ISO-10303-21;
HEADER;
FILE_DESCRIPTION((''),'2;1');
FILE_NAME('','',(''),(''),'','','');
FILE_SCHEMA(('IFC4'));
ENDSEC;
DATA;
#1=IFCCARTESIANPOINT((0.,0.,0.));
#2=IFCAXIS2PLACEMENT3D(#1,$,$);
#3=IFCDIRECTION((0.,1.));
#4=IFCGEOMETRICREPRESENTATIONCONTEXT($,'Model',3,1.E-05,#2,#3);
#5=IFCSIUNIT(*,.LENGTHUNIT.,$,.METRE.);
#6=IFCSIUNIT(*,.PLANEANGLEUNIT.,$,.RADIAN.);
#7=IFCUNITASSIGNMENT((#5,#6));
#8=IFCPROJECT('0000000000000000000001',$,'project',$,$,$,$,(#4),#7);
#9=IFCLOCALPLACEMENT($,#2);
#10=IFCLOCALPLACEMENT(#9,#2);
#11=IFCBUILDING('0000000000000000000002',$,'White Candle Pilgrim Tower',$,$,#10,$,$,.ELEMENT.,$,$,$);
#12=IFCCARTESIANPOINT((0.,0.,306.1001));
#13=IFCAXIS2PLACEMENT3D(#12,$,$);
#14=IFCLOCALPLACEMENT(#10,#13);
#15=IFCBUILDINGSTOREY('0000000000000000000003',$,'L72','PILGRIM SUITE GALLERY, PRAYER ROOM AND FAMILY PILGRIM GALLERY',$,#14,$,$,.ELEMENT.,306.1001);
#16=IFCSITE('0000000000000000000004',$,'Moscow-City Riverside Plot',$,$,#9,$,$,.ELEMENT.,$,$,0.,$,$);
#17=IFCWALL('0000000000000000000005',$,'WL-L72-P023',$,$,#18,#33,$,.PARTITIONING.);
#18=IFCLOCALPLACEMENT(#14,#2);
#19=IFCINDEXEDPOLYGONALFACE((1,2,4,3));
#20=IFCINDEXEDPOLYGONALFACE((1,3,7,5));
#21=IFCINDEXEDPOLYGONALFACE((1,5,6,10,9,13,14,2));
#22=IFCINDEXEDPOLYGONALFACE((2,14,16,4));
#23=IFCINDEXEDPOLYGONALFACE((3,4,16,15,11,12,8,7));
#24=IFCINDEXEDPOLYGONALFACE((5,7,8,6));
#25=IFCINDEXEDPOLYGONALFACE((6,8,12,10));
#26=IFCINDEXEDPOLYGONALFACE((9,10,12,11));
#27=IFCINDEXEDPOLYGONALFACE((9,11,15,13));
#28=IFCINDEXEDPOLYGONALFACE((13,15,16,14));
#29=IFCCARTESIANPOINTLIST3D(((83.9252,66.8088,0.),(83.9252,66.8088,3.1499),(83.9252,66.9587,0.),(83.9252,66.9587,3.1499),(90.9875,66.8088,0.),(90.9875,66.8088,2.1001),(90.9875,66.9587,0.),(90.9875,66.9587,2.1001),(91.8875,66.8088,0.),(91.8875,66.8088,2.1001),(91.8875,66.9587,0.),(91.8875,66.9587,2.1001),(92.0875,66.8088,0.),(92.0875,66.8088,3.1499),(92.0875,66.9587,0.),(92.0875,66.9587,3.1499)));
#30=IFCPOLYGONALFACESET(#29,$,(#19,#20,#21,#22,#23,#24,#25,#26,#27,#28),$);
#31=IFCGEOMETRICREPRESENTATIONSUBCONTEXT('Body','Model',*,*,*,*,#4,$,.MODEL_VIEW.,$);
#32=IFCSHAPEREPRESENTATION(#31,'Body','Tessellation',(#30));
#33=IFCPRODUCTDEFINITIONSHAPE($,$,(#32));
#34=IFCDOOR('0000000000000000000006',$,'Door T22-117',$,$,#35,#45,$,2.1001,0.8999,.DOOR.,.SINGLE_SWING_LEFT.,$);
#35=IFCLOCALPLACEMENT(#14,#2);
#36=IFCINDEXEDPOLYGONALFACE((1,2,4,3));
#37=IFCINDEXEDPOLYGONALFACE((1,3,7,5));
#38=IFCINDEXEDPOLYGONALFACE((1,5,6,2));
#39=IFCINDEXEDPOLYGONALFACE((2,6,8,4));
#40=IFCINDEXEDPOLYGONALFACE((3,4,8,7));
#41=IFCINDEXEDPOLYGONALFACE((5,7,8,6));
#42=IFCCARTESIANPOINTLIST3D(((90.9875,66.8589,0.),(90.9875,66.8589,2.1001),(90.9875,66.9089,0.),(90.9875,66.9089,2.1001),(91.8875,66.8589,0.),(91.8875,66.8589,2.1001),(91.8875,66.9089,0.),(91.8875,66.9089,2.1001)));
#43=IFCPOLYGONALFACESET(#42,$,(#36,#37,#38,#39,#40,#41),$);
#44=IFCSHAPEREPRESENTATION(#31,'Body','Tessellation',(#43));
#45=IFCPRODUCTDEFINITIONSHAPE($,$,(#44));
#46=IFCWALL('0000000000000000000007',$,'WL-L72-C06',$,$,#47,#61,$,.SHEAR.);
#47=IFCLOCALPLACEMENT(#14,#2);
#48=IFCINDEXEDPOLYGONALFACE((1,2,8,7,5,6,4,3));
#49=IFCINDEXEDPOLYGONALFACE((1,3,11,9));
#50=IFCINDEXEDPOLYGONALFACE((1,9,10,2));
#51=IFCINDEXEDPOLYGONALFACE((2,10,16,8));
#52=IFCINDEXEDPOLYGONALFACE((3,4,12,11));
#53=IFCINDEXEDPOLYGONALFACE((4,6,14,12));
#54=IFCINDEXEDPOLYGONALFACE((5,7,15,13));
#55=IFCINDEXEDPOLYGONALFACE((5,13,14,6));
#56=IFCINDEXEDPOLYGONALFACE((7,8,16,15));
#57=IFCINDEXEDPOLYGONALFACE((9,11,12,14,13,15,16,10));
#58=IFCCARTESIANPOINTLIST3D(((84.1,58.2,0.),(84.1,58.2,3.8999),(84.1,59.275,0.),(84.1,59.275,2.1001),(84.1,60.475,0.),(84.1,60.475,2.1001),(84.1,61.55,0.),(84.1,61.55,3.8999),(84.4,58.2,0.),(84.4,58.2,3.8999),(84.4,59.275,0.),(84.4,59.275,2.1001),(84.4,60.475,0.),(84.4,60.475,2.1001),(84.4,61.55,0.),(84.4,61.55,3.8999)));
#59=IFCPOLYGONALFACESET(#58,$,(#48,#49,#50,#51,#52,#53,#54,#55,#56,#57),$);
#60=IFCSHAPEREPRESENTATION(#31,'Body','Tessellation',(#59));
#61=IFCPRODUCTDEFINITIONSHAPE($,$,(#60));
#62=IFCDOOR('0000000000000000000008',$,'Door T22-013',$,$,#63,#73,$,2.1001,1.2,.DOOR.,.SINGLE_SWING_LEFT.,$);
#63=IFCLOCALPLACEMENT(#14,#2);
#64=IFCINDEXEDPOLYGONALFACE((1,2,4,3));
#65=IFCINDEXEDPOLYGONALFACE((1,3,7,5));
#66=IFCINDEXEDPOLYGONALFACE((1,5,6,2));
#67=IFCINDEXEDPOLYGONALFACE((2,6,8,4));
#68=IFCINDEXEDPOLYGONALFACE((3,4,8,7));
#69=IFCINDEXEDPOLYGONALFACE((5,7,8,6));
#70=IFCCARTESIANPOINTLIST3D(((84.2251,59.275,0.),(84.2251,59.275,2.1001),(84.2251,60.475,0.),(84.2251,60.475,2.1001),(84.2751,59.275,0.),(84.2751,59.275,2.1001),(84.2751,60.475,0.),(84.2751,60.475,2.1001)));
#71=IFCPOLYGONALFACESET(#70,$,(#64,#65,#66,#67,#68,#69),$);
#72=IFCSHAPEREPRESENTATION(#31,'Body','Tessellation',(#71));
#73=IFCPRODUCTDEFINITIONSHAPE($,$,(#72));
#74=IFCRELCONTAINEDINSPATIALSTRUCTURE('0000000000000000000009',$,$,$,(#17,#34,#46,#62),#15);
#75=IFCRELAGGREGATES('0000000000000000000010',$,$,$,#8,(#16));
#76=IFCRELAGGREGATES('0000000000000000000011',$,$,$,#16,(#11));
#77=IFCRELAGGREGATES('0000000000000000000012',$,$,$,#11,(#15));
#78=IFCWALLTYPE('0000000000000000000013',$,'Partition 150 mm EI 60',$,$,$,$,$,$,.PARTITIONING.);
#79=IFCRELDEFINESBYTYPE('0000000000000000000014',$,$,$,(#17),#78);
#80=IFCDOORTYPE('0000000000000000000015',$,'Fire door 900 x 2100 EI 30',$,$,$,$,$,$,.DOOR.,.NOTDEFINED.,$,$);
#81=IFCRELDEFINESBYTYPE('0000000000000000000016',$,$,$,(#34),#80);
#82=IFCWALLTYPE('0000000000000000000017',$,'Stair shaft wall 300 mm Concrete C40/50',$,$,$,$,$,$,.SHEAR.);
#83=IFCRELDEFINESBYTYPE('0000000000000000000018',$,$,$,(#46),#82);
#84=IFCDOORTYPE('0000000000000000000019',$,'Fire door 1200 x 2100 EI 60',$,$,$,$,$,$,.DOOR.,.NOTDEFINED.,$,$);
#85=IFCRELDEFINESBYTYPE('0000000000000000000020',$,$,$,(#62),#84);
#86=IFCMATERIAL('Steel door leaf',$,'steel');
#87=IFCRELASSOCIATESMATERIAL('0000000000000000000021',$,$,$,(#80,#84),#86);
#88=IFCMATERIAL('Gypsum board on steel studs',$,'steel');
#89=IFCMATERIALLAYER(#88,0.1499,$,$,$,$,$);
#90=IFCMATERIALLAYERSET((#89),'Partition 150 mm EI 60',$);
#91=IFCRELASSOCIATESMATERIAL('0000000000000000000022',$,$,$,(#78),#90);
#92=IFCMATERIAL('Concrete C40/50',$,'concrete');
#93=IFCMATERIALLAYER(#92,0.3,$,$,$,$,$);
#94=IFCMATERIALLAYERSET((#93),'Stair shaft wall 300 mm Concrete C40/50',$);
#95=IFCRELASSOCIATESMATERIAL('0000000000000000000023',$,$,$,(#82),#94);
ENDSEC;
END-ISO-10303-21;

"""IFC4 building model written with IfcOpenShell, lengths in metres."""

from ifc_helpers import new_model, si_unit, direction, frame, frame_2d, origin, place, context, subcontext, project, spatial, rectangle, extrude, material, layer, layer_set, type_object, element, fill, save


model = new_model("IFC4")

# Units and contexts
model_context = context("Model", 3, precision=1e-05, world=origin(), true_north=direction((0.0, 1.0)))
body_context = subcontext(model_context, "Body", "Model", "MODEL_VIEW")
ifc_project = project(units=[si_unit("LENGTHUNIT", "METRE"), si_unit("PLANEANGLEUNIT", "RADIAN")], contexts=[model_context])

# Site, building, storey
site_placement = place(None, origin())
site = spatial("IfcSite", under=ifc_project, at=site_placement, Name="Moscow-City Riverside Plot", CompositionType="ELEMENT", RefElevation=0.0)
building_placement = place(site_placement, origin())
building = spatial("IfcBuilding", under=site, at=building_placement, Name="White Candle Pilgrim Tower", CompositionType="ELEMENT")
storey_placement = place(building_placement, frame((0.0, 0.0, 306.1001)))
storey = spatial("IfcBuildingStorey", under=building, at=storey_placement, Name="L72", Description="PILGRIM SUITE GALLERY, PRAYER ROOM AND FAMILY PILGRIM GALLERY", CompositionType="ELEMENT", Elevation=306.1001)

# Shared definitions
ifc_material_1 = material(Name="Concrete C40/50", Category="concrete")

# Shared definitions
ifc_material_2 = material(Name="Gypsum board on steel studs", Category="steel")
ifc_material_3 = material(Name="Steel door leaf", Category="steel")
door_type_1 = type_object("IfcDoorType", Name="Fire door 900 x 2100 EI 30", OperationType="NOTDEFINED", PredefinedType="DOOR", material=ifc_material_3)

# Shared definitions
ifc_layer_1 = layer(ifc_material_2, 0.1499)
ifc_layer_set_1 = layer_set([ifc_layer_1], Name="Partition 150 mm EI 60")
wall_type_1 = type_object("IfcWallType", Name="Partition 150 mm EI 60", PredefinedType="PARTITIONING", material=ifc_layer_set_1)

# Walls, openings, doors
wall_1_placement = place(storey_placement, frame((92.0874, 66.8838, 0.0), z_axis=(0.0, 0.0, 1.0), x_axis=(-1.0, 0.0, 0.0)))
wall_1 = element("IfcWall", 1, at=wall_1_placement, inside=storey, type_object=wall_type_1, Name="WL-L72-P023", PredefinedType="PARTITIONING", context=body_context, shape_type="SweptSolid", body=[
    extrude(rectangle(XDim=8.1624, YDim=0.1499, at=frame_2d((4.0811, 0.0))), origin(), (0.0, 0.0, 1.0), 3.1499),
])
opening_1_placement = place(wall_1_placement, frame((0.2, 0.0, 0.0)))
opening_1 = element("IfcOpeningElement", 2, at=opening_1_placement, cuts=wall_1, PredefinedType="OPENING", context=body_context, shape_type="SweptSolid", body=[
    extrude(rectangle(XDim=0.8999, YDim=2.1001, at=frame_2d((0.45, 1.05))), frame((0.0, 0.085, 0.0), z_axis=(0.0, -1.0, 0.0), x_axis=(1.0, 0.0, 0.0)), (0.0, 0.0, 1.0), 0.1699),
])
door_1_placement = place(opening_1_placement, origin())
door_1 = element("IfcDoor", 3, at=door_1_placement, inside=storey, type_object=door_type_1, Name="Door T22-117", OperationType="SINGLE_SWING_LEFT", OverallHeight=2.1001, OverallWidth=0.8999, PredefinedType="DOOR", context=body_context, shape_type="SweptSolid", body=[
    extrude(rectangle(XDim=0.8999, YDim=2.1001, at=frame_2d((0.45, 1.05))), frame((0.0, 0.0249, 0.0), z_axis=(0.0, -1.0, 0.0), x_axis=(1.0, 0.0, 0.0)), (0.0, 0.0, 1.0), 0.05),
])
fill(opening_1, door_1)
ifc_layer_2 = layer(ifc_material_1, 0.3)
ifc_layer_set_2 = layer_set([ifc_layer_2], Name="Stair shaft wall 300 mm Concrete C40/50")
wall_type_2 = type_object("IfcWallType", Name="Stair shaft wall 300 mm Concrete C40/50", PredefinedType="SHEAR", material=ifc_layer_set_2)
wall_2_placement = place(storey_placement, frame((84.25, 58.2, 0.0), z_axis=(0.0, 0.0, 1.0), x_axis=(0.0, 1.0, 0.0)))
wall_2 = element("IfcWall", 4, at=wall_2_placement, inside=storey, type_object=wall_type_2, Name="WL-L72-C06", PredefinedType="SHEAR", context=body_context, shape_type="SweptSolid", body=[
    extrude(rectangle(XDim=3.3501, YDim=0.3, at=frame_2d((1.675, 0.0))), origin(), (0.0, 0.0, 1.0), 3.8999),
])
opening_2_placement = place(wall_2_placement, frame((1.075, 0.0, 0.0)))
opening_2 = element("IfcOpeningElement", 5, at=opening_2_placement, cuts=wall_2, PredefinedType="OPENING", context=body_context, shape_type="SweptSolid", body=[
    extrude(rectangle(XDim=1.2, YDim=2.1001, at=frame_2d((0.6001, 1.05))), frame((0.0, 0.1599, 0.0), z_axis=(0.0, -1.0, 0.0), x_axis=(1.0, 0.0, 0.0)), (0.0, 0.0, 1.0), 0.3201),
])
door_type_2 = type_object("IfcDoorType", Name="Fire door 1200 x 2100 EI 60", OperationType="NOTDEFINED", PredefinedType="DOOR", material=ifc_material_3)
door_2_placement = place(opening_2_placement, origin())
door_2 = element("IfcDoor", 6, at=door_2_placement, inside=storey, type_object=door_type_2, Name="Door T22-013", OperationType="SINGLE_SWING_LEFT", OverallHeight=2.1001, OverallWidth=1.2, PredefinedType="DOOR", context=body_context, shape_type="SweptSolid", body=[
    extrude(rectangle(XDim=1.2, YDim=2.1001, at=frame_2d((0.6001, 1.05))), frame((0.0, 0.0249, 0.0), z_axis=(0.0, -1.0, 0.0), x_axis=(1.0, 0.0, 0.0)), (0.0, 0.0, 1.0), 0.05),
])
fill(opening_2, door_2)

save(model, "model.ifc")
